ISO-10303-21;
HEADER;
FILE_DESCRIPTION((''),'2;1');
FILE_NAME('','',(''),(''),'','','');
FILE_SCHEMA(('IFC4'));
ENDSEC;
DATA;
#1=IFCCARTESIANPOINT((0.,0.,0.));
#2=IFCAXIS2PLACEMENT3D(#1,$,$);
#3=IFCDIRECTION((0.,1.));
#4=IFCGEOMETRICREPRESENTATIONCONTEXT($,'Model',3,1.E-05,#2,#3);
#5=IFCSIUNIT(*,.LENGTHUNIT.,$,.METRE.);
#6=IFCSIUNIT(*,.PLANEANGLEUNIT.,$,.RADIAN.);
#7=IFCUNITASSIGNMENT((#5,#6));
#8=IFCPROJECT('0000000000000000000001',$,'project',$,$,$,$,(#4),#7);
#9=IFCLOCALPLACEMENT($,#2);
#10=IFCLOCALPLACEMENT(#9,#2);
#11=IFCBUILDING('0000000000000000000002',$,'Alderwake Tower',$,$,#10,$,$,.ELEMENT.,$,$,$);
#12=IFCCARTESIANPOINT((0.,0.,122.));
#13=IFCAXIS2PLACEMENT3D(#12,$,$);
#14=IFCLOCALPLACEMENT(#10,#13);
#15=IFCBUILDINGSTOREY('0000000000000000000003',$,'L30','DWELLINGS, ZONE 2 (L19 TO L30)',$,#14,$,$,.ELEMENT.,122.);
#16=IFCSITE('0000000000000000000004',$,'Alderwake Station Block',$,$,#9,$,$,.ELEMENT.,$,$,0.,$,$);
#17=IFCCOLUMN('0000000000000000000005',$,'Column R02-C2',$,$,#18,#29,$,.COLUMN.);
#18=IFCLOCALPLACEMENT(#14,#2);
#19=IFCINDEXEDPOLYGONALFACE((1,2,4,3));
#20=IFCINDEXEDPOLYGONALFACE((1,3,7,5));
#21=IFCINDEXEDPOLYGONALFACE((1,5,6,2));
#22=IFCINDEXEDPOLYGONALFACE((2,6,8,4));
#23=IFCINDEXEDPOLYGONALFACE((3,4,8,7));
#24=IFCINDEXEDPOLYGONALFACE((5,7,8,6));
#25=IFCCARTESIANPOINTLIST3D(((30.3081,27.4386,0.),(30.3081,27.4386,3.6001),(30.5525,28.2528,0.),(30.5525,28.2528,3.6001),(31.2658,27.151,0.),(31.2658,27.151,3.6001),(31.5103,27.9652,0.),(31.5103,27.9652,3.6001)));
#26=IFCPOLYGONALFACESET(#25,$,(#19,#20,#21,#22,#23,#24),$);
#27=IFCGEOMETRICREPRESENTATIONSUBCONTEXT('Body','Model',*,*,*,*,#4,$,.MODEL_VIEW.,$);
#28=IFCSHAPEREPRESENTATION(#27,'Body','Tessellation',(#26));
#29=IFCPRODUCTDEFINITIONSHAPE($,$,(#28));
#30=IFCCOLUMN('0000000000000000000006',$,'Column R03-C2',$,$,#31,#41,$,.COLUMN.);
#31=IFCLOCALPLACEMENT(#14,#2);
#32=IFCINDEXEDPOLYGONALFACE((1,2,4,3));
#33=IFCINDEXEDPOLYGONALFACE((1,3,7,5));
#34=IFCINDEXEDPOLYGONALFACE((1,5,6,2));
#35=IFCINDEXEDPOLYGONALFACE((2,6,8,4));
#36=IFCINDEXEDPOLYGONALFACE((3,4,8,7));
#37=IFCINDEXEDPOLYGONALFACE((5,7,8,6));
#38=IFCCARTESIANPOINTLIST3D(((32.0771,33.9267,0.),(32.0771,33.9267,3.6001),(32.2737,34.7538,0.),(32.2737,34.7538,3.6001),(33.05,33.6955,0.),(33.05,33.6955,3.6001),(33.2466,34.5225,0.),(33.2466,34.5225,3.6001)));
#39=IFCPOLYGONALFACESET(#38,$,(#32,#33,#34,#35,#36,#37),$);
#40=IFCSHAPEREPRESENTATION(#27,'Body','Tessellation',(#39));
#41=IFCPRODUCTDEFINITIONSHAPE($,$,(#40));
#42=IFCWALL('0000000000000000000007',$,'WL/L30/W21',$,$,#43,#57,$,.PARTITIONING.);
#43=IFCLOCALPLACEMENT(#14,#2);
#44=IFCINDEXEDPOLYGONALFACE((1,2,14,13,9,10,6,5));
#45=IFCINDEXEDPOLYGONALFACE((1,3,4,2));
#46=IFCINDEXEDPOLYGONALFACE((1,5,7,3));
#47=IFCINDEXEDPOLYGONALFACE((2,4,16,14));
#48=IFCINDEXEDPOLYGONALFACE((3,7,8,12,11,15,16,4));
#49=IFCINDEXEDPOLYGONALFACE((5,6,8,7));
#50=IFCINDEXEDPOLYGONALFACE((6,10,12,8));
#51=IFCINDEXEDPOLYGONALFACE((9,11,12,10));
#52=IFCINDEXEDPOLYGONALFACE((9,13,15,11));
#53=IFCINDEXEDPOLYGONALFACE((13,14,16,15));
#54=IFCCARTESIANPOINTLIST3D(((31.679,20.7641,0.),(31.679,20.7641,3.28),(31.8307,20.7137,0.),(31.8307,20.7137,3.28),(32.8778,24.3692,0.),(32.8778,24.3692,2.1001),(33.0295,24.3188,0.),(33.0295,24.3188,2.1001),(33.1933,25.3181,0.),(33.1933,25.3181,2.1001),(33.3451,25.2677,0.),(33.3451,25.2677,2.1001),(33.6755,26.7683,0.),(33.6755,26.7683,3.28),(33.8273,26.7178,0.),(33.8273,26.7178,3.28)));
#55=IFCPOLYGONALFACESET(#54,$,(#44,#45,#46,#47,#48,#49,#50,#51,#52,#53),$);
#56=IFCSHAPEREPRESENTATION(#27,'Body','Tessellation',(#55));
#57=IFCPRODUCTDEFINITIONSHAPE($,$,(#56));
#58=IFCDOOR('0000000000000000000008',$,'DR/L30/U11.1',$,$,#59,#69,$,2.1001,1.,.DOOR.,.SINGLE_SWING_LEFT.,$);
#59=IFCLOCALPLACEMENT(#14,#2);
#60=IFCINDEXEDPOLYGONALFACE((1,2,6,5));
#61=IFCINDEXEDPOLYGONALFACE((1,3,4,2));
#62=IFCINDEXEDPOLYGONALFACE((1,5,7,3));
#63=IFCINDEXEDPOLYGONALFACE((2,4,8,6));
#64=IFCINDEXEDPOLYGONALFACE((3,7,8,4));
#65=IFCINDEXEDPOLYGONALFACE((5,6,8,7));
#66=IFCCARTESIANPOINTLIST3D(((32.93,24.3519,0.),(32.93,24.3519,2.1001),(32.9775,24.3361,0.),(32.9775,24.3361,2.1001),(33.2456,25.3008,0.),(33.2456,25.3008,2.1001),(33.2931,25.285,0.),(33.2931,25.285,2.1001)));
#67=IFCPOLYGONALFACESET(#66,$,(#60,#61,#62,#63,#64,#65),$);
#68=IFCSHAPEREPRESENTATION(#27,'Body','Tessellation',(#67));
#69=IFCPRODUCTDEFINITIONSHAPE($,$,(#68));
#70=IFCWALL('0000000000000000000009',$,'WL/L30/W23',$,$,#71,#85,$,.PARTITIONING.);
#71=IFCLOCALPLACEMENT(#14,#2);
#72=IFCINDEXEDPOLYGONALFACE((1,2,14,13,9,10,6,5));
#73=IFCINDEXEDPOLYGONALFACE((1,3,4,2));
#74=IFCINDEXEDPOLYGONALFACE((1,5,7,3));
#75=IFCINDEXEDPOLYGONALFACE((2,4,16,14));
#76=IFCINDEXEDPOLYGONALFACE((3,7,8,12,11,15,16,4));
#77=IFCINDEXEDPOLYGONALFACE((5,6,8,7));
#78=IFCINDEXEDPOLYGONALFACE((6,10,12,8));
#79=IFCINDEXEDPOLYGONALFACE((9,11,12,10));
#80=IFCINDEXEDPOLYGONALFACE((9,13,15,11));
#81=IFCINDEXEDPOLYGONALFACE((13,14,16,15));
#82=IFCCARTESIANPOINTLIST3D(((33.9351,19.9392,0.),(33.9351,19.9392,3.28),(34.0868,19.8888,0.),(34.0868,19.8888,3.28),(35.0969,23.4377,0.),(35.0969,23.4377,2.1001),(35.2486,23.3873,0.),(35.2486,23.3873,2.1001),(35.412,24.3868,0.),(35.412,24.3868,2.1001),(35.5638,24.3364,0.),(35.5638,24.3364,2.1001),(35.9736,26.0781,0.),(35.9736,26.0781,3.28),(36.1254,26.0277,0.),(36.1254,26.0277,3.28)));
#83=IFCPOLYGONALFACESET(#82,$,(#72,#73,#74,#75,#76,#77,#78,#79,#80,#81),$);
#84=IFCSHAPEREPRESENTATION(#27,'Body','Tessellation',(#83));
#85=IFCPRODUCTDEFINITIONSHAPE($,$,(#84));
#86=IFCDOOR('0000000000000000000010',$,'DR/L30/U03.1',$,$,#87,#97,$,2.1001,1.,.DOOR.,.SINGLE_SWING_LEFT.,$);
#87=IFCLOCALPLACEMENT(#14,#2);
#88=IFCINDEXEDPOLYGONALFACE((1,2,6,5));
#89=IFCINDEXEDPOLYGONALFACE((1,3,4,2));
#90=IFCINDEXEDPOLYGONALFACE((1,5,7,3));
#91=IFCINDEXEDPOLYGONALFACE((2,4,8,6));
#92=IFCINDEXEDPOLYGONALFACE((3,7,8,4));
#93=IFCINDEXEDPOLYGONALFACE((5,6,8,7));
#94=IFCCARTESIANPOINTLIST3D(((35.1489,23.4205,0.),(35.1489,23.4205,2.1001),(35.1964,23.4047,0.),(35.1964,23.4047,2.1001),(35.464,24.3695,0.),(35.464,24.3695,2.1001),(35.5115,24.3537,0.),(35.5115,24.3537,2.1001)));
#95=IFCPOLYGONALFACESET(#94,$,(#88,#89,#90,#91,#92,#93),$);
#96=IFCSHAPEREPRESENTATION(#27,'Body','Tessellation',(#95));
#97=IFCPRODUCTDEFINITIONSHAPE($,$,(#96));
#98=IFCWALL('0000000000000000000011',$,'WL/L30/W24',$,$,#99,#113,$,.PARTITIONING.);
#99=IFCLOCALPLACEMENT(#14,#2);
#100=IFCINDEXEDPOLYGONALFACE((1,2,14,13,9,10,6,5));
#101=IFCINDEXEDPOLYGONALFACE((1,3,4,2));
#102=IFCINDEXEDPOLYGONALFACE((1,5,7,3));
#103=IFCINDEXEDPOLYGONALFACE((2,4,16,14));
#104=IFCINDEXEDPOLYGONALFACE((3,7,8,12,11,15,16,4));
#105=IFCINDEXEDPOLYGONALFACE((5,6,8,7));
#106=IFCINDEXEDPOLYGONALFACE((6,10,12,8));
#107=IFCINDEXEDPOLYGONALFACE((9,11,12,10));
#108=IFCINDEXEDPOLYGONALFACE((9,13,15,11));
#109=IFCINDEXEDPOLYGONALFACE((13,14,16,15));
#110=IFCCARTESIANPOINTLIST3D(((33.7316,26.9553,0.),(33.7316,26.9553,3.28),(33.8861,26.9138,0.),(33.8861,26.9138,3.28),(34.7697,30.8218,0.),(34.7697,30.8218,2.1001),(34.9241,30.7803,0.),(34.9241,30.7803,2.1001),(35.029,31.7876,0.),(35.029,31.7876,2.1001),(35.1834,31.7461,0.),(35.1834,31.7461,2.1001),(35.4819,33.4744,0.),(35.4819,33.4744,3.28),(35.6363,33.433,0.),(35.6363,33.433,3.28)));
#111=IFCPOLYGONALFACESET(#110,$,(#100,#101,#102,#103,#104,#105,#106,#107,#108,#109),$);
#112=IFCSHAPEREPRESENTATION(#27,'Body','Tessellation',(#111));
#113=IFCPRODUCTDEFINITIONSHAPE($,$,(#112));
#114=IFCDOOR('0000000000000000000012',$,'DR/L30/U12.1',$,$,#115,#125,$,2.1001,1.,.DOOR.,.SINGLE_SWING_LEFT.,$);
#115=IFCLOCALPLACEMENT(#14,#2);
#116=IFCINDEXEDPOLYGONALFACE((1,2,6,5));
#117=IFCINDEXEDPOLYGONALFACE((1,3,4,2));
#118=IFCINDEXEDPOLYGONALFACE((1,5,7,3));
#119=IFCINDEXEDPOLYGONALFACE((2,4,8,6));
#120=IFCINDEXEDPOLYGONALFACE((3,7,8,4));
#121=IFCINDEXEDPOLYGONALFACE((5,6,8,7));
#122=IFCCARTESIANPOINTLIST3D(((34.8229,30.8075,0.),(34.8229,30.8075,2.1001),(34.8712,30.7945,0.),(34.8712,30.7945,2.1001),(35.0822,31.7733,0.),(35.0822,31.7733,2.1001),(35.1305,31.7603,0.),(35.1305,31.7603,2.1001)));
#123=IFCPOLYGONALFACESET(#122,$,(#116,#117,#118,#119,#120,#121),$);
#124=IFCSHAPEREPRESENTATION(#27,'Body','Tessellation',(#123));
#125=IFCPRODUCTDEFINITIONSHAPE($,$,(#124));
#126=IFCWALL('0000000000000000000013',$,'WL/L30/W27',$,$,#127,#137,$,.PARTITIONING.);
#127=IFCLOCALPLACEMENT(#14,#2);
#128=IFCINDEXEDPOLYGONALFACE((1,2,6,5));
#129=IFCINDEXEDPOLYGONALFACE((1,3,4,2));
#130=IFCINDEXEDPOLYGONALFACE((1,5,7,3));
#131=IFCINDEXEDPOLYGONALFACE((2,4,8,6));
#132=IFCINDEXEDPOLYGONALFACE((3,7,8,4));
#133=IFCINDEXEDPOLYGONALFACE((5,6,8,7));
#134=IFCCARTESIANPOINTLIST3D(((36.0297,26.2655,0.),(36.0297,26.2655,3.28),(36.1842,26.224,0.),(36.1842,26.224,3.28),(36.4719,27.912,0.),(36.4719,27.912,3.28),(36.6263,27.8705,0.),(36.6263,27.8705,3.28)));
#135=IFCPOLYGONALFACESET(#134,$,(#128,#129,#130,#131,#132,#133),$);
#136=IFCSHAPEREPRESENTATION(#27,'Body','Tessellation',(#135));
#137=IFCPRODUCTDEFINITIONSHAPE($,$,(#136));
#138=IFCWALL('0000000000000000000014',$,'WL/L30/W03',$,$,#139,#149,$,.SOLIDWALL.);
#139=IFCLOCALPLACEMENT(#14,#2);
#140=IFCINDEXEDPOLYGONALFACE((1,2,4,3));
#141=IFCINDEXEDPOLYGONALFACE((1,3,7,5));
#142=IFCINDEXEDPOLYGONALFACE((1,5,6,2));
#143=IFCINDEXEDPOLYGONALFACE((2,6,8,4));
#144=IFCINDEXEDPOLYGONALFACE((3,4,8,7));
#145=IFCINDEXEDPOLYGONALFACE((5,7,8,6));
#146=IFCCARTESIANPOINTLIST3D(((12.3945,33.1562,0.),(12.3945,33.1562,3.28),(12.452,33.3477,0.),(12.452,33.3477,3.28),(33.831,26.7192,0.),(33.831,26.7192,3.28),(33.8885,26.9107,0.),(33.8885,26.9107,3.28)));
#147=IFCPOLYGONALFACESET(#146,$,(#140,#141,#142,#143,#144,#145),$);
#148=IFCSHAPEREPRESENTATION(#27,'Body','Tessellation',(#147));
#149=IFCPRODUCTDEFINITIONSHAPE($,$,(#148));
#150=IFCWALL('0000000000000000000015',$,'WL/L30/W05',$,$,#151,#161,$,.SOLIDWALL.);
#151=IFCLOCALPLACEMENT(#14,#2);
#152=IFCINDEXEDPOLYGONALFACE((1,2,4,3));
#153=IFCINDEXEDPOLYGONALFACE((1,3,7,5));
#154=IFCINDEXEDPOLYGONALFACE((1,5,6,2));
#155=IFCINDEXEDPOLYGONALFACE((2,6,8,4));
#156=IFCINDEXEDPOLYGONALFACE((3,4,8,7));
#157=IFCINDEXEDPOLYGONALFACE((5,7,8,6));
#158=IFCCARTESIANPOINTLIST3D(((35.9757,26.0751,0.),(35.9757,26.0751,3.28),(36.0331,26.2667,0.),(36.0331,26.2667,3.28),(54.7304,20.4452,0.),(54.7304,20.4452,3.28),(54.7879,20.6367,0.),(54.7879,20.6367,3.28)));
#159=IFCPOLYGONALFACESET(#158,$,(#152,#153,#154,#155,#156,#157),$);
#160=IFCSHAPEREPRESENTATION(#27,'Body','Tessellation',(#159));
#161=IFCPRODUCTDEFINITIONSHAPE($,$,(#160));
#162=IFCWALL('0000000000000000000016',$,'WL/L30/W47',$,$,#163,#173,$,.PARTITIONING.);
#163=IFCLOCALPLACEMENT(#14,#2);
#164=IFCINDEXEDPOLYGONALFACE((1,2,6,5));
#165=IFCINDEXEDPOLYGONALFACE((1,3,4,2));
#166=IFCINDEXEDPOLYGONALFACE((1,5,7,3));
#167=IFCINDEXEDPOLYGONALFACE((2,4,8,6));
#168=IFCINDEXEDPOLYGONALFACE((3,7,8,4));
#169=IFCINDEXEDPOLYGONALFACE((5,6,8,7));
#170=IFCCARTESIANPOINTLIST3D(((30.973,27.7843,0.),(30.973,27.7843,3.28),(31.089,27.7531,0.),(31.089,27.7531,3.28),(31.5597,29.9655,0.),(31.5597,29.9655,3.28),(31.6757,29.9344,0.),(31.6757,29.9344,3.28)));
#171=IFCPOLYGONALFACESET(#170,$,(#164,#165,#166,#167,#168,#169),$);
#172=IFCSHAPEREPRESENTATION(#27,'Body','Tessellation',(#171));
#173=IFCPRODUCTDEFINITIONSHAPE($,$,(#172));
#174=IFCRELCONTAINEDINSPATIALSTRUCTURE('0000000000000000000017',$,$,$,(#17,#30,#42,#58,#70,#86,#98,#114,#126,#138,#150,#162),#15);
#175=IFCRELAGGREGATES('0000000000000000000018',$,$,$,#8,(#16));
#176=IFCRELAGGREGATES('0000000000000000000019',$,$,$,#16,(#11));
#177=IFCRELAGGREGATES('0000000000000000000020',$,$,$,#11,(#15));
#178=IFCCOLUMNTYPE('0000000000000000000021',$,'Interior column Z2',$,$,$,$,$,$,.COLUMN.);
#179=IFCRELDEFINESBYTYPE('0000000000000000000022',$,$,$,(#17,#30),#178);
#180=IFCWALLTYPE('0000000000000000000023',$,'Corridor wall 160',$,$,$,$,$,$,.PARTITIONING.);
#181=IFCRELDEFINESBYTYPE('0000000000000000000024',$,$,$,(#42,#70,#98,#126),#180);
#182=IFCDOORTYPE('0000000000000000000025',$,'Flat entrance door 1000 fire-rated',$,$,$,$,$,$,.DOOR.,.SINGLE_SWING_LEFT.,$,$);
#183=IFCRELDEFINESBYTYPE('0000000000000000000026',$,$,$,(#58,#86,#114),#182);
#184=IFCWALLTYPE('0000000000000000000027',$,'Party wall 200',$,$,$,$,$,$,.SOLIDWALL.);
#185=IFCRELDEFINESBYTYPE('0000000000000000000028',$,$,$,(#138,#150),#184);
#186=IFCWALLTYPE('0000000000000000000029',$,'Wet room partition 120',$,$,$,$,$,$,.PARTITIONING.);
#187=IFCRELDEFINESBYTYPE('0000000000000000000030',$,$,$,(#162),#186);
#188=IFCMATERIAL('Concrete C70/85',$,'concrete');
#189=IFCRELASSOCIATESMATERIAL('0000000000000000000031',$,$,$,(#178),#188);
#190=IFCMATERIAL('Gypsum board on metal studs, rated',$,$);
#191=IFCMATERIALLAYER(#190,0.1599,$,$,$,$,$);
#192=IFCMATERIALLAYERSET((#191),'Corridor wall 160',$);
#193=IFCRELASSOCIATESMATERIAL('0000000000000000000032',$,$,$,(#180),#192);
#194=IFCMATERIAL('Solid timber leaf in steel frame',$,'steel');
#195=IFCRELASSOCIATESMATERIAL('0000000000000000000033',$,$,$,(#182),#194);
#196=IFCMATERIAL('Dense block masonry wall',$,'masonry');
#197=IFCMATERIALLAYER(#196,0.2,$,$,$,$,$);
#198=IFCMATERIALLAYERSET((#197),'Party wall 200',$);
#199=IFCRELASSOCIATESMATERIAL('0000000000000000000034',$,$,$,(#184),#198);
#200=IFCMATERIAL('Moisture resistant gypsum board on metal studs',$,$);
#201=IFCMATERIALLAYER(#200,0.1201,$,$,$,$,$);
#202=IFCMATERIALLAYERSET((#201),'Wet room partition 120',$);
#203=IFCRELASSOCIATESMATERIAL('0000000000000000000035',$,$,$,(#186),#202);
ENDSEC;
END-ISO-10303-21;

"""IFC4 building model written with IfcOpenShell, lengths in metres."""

from ifc_helpers import new_model, si_unit, direction, frame, frame_2d, origin, origin_2d, place, context, subcontext, project, spatial, rectangle, extrude, material, layer, layer_set, material_profile, profile_set, type_object, element, fill, save


model = new_model("IFC4")

# Units and contexts
model_context = context("Model", 3, precision=1e-05, world=origin(), true_north=direction((0.0, 1.0)))
body_context = subcontext(model_context, "Body", "Model", "MODEL_VIEW")
ifc_project = project(units=[si_unit("LENGTHUNIT", "METRE"), si_unit("PLANEANGLEUNIT", "RADIAN")], contexts=[model_context])

# Site, building, storey
site_placement = place(None, origin())
site = spatial("IfcSite", under=ifc_project, at=site_placement, Name="Alderwake Station Block", CompositionType="ELEMENT", RefElevation=0.0)
building_placement = place(site_placement, origin())
building = spatial("IfcBuilding", under=site, at=building_placement, Name="Alderwake Tower", CompositionType="ELEMENT")
storey_placement = place(building_placement, frame((0.0, 0.0, 122.0)))
storey = spatial("IfcBuildingStorey", under=building, at=storey_placement, Name="L30", Description="DWELLINGS, ZONE 2 (L19 TO L30)", CompositionType="ELEMENT", Elevation=122.0)

# Columns
ifc_material_1 = material(Name="Concrete C70/85", Category="concrete")
ifc_material_profile = material_profile(ifc_material_1, rectangle(XDim=0.8501, YDim=1.0, at=origin_2d()), Name="RC 1000X850")
ifc_profile_set = profile_set([ifc_material_profile], Name="Concrete C70/85")
column_type = type_object("IfcColumnType", Name="Interior column Z2", PredefinedType="COLUMN", material=ifc_profile_set)
for number, where, z_axis, x_axis, name in (
    (1, (30.9092, 27.7019, 0.0), (0.0, 0.0, 1.0), (0.287549, 0.957766, 0.0), "Column R02-C2"),
    (2, (32.6619, 34.2246, 0.0), (0.0, 0.0, 1.0), (0.231222, 0.972901, 0.0), "Column R03-C2"),
):
    element("IfcColumn", number, at=place(storey_placement, frame(where, z_axis=z_axis, x_axis=x_axis)), inside=storey, type_object=column_type, Name=name, PredefinedType="COLUMN", context=body_context, shape_type="SweptSolid", body=[
        extrude(rectangle(XDim=0.8501, YDim=1.0, at=origin_2d()), origin(), (0.0, 0.0, 1.0), 3.6001),
    ])

# Walls, openings, doors
ifc_material_2 = material(Name="Gypsum board on metal studs, rated")
ifc_layer_1 = layer(ifc_material_2, 0.1599)
ifc_layer_set_1 = layer_set([ifc_layer_1], Name="Corridor wall 160")
wall_type_1 = type_object("IfcWallType", Name="Corridor wall 160", PredefinedType="PARTITIONING", material=ifc_layer_set_1)
wall_1_placement = place(storey_placement, frame((31.7549, 20.739, 0.0), z_axis=(0.0, 0.0, 1.0), x_axis=(0.315545, 0.948911, 0.0)))
wall_1 = element("IfcWall", 3, at=wall_1_placement, inside=storey, type_object=wall_type_1, Name="WL/L30/W21", PredefinedType="PARTITIONING", context=body_context, shape_type="SweptSolid", body=[
    extrude(rectangle(XDim=6.3274, YDim=0.1599, at=frame_2d((3.1636, 0.0))), origin(), (0.0, 0.0, 1.0), 3.28),
])
opening_1_placement = place(wall_1_placement, frame((3.7991, 0.0, 0.0)))
opening_1 = element("IfcOpeningElement", 4, at=opening_1_placement, cuts=wall_1, PredefinedType="OPENING", context=body_context, shape_type="SweptSolid", body=[
    extrude(rectangle(XDim=1.0, YDim=2.1001, at=frame_2d((0.5, 1.05))), frame((0.0, 0.0898, 0.0), z_axis=(0.0, -1.0, 0.0), x_axis=(1.0, 0.0, 0.0)), (0.0, 0.0, 1.0), 0.1799),
])
ifc_material_3 = material(Name="Solid timber leaf in steel frame", Category="steel")
door_type_1 = type_object("IfcDoorType", Name="Flat entrance door 1000 fire-rated", OperationType="SINGLE_SWING_LEFT", PredefinedType="DOOR", material=ifc_material_3)
door_1_placement = place(opening_1_placement, origin())
door_1 = element("IfcDoor", 5, at=door_1_placement, inside=storey, type_object=door_type_1, Name="DR/L30/U11.1", OperationType="SINGLE_SWING_LEFT", OverallHeight=2.1001, OverallWidth=1.0, PredefinedType="DOOR", context=body_context, shape_type="SweptSolid", body=[
    extrude(rectangle(XDim=1.0, YDim=2.1001, at=frame_2d((0.5, 1.05))), frame((0.0, 0.0249, 0.0), z_axis=(0.0, -1.0, 0.0), x_axis=(1.0, 0.0, 0.0)), (0.0, 0.0, 1.0), 0.05),
])
fill(opening_1, door_1)
wall_2_placement = place(storey_placement, frame((36.0496, 26.053, 0.0), z_axis=(0.0, 0.0, 1.0), x_axis=(-0.315152, -0.949041, 0.0)))
wall_2 = element("IfcWall", 6, at=wall_2_placement, inside=storey, type_object=wall_type_1, Name="WL/L30/W23", PredefinedType="PARTITIONING", context=body_context, shape_type="SweptSolid", body=[
    extrude(rectangle(XDim=6.4685, YDim=0.1599, at=frame_2d((3.2344, 0.0))), origin(), (0.0, 0.0, 1.0), 3.28),
])
opening_2_placement = place(wall_2_placement, frame((1.7822, 0.0, 0.0)))
opening_2 = element("IfcOpeningElement", 7, at=opening_2_placement, cuts=wall_2, PredefinedType="OPENING", context=body_context, shape_type="SweptSolid", body=[
    extrude(rectangle(XDim=1.0, YDim=2.1001, at=frame_2d((0.5, 1.05))), frame((0.0, 0.0898, 0.0), z_axis=(0.0, -1.0, 0.0), x_axis=(1.0, 0.0, 0.0)), (0.0, 0.0, 1.0), 0.1799),
])
door_2_placement = place(opening_2_placement, origin())
door_2 = element("IfcDoor", 8, at=door_2_placement, inside=storey, type_object=door_type_1, Name="DR/L30/U03.1", OperationType="SINGLE_SWING_LEFT", OverallHeight=2.1001, OverallWidth=1.0, PredefinedType="DOOR", context=body_context, shape_type="SweptSolid", body=[
    extrude(rectangle(XDim=1.0, YDim=2.1001, at=frame_2d((0.5, 1.05))), frame((0.0, 0.0249, 0.0), z_axis=(0.0, -1.0, 0.0), x_axis=(1.0, 0.0, 0.0)), (0.0, 0.0, 1.0), 0.05),
])
fill(opening_2, door_2)
wall_3_placement = place(storey_placement, frame((33.8088, 26.9346, 0.0), z_axis=(0.0, 0.0, 1.0), x_axis=(0.259299, 0.965797, 0.0)))
wall_3 = element("IfcWall", 9, at=wall_3_placement, inside=storey, type_object=wall_type_1, Name="WL/L30/W24", PredefinedType="PARTITIONING", context=body_context, shape_type="SweptSolid", body=[
    extrude(rectangle(XDim=6.75, YDim=0.1599, at=frame_2d((3.375, 0.0))), origin(), (0.0, 0.0, 1.0), 3.28),
])
opening_3_placement = place(wall_3_placement, frame((4.0034, 0.0, 0.0)))
opening_3 = element("IfcOpeningElement", 10, at=opening_3_placement, cuts=wall_3, PredefinedType="OPENING", context=body_context, shape_type="SweptSolid", body=[
    extrude(rectangle(XDim=1.0, YDim=2.1001, at=frame_2d((0.5, 1.05))), frame((0.0, 0.0898, 0.0), z_axis=(0.0, -1.0, 0.0), x_axis=(1.0, 0.0, 0.0)), (0.0, 0.0, 1.0), 0.1799),
])
door_3_placement = place(opening_3_placement, origin())
door_3 = element("IfcDoor", 11, at=door_3_placement, inside=storey, type_object=door_type_1, Name="DR/L30/U12.1", OperationType="SINGLE_SWING_LEFT", OverallHeight=2.1001, OverallWidth=1.0, PredefinedType="DOOR", context=body_context, shape_type="SweptSolid", body=[
    extrude(rectangle(XDim=1.0, YDim=2.1001, at=frame_2d((0.5, 1.05))), frame((0.0, 0.0249, 0.0), z_axis=(0.0, -1.0, 0.0), x_axis=(1.0, 0.0, 0.0)), (0.0, 0.0, 1.0), 0.05),
])
fill(opening_3, door_3)

# Walls
wall_4_placement = place(storey_placement, frame((36.1069, 26.2446, 0.0), z_axis=(0.0, 0.0, 1.0), x_axis=(0.259347, 0.965784, 0.0)))
element("IfcWall", 12, at=wall_4_placement, inside=storey, type_object=wall_type_1, Name="WL/L30/W27", PredefinedType="PARTITIONING", context=body_context, shape_type="SweptSolid", body=[
    extrude(rectangle(XDim=1.7048, YDim=0.1599, at=frame_2d((0.8525, 0.0))), origin(), (0.0, 0.0, 1.0), 3.28),
])
ifc_material_4 = material(Name="Dense block masonry wall", Category="masonry")
ifc_layer_2 = layer(ifc_material_4, 0.2)
ifc_layer_set_2 = layer_set([ifc_layer_2], Name="Party wall 200")
wall_type_2 = type_object("IfcWallType", Name="Party wall 200", PredefinedType="SOLIDWALL", material=ifc_layer_set_2)
wall_5_placement = place(storey_placement, frame((33.8596, 26.8149, 0.0), z_axis=(0.0, 0.0, 1.0), x_axis=(-0.957752, 0.287596, 0.0)))
element("IfcWall", 13, at=wall_5_placement, inside=storey, type_object=wall_type_2, Name="WL/L30/W03", PredefinedType="SOLIDWALL", context=body_context, shape_type="SweptSolid", body=[
    extrude(rectangle(XDim=22.3821, YDim=0.2, at=frame_2d((11.1909, 0.0))), origin(), (0.0, 0.0, 1.0), 3.28),
])
wall_6_placement = place(storey_placement, frame((36.0044, 26.1709, 0.0), z_axis=(0.0, 0.0, 1.0), x_axis=(0.957777, -0.287511, 0.0)))
element("IfcWall", 14, at=wall_6_placement, inside=storey, type_object=wall_type_2, Name="WL/L30/W05", PredefinedType="SOLIDWALL", context=body_context, shape_type="SweptSolid", body=[
    extrude(rectangle(XDim=19.5815, YDim=0.2, at=frame_2d((9.7908, 0.0))), origin(), (0.0, 0.0, 1.0), 3.28),
])
ifc_material_5 = material(Name="Moisture resistant gypsum board on metal studs")
ifc_layer_3 = layer(ifc_material_5, 0.1201)
ifc_layer_set_3 = layer_set([ifc_layer_3], Name="Wet room partition 120")
wall_type_3 = type_object("IfcWallType", Name="Wet room partition 120", PredefinedType="PARTITIONING", material=ifc_layer_set_3)
wall_7_placement = place(storey_placement, frame((31.6177, 29.95, 0.0), z_axis=(0.0, 0.0, 1.0), x_axis=(-0.259714, -0.965686, 0.0)))
element("IfcWall", 15, at=wall_7_placement, inside=storey, type_object=wall_type_3, Name="WL/L30/W47", PredefinedType="PARTITIONING", context=body_context, shape_type="SweptSolid", body=[
    extrude(rectangle(XDim=2.2588, YDim=0.1201, at=frame_2d((1.1294, 0.0))), origin(), (0.0, 0.0, 1.0), 3.28),
])

save(model, "model.ifc")
